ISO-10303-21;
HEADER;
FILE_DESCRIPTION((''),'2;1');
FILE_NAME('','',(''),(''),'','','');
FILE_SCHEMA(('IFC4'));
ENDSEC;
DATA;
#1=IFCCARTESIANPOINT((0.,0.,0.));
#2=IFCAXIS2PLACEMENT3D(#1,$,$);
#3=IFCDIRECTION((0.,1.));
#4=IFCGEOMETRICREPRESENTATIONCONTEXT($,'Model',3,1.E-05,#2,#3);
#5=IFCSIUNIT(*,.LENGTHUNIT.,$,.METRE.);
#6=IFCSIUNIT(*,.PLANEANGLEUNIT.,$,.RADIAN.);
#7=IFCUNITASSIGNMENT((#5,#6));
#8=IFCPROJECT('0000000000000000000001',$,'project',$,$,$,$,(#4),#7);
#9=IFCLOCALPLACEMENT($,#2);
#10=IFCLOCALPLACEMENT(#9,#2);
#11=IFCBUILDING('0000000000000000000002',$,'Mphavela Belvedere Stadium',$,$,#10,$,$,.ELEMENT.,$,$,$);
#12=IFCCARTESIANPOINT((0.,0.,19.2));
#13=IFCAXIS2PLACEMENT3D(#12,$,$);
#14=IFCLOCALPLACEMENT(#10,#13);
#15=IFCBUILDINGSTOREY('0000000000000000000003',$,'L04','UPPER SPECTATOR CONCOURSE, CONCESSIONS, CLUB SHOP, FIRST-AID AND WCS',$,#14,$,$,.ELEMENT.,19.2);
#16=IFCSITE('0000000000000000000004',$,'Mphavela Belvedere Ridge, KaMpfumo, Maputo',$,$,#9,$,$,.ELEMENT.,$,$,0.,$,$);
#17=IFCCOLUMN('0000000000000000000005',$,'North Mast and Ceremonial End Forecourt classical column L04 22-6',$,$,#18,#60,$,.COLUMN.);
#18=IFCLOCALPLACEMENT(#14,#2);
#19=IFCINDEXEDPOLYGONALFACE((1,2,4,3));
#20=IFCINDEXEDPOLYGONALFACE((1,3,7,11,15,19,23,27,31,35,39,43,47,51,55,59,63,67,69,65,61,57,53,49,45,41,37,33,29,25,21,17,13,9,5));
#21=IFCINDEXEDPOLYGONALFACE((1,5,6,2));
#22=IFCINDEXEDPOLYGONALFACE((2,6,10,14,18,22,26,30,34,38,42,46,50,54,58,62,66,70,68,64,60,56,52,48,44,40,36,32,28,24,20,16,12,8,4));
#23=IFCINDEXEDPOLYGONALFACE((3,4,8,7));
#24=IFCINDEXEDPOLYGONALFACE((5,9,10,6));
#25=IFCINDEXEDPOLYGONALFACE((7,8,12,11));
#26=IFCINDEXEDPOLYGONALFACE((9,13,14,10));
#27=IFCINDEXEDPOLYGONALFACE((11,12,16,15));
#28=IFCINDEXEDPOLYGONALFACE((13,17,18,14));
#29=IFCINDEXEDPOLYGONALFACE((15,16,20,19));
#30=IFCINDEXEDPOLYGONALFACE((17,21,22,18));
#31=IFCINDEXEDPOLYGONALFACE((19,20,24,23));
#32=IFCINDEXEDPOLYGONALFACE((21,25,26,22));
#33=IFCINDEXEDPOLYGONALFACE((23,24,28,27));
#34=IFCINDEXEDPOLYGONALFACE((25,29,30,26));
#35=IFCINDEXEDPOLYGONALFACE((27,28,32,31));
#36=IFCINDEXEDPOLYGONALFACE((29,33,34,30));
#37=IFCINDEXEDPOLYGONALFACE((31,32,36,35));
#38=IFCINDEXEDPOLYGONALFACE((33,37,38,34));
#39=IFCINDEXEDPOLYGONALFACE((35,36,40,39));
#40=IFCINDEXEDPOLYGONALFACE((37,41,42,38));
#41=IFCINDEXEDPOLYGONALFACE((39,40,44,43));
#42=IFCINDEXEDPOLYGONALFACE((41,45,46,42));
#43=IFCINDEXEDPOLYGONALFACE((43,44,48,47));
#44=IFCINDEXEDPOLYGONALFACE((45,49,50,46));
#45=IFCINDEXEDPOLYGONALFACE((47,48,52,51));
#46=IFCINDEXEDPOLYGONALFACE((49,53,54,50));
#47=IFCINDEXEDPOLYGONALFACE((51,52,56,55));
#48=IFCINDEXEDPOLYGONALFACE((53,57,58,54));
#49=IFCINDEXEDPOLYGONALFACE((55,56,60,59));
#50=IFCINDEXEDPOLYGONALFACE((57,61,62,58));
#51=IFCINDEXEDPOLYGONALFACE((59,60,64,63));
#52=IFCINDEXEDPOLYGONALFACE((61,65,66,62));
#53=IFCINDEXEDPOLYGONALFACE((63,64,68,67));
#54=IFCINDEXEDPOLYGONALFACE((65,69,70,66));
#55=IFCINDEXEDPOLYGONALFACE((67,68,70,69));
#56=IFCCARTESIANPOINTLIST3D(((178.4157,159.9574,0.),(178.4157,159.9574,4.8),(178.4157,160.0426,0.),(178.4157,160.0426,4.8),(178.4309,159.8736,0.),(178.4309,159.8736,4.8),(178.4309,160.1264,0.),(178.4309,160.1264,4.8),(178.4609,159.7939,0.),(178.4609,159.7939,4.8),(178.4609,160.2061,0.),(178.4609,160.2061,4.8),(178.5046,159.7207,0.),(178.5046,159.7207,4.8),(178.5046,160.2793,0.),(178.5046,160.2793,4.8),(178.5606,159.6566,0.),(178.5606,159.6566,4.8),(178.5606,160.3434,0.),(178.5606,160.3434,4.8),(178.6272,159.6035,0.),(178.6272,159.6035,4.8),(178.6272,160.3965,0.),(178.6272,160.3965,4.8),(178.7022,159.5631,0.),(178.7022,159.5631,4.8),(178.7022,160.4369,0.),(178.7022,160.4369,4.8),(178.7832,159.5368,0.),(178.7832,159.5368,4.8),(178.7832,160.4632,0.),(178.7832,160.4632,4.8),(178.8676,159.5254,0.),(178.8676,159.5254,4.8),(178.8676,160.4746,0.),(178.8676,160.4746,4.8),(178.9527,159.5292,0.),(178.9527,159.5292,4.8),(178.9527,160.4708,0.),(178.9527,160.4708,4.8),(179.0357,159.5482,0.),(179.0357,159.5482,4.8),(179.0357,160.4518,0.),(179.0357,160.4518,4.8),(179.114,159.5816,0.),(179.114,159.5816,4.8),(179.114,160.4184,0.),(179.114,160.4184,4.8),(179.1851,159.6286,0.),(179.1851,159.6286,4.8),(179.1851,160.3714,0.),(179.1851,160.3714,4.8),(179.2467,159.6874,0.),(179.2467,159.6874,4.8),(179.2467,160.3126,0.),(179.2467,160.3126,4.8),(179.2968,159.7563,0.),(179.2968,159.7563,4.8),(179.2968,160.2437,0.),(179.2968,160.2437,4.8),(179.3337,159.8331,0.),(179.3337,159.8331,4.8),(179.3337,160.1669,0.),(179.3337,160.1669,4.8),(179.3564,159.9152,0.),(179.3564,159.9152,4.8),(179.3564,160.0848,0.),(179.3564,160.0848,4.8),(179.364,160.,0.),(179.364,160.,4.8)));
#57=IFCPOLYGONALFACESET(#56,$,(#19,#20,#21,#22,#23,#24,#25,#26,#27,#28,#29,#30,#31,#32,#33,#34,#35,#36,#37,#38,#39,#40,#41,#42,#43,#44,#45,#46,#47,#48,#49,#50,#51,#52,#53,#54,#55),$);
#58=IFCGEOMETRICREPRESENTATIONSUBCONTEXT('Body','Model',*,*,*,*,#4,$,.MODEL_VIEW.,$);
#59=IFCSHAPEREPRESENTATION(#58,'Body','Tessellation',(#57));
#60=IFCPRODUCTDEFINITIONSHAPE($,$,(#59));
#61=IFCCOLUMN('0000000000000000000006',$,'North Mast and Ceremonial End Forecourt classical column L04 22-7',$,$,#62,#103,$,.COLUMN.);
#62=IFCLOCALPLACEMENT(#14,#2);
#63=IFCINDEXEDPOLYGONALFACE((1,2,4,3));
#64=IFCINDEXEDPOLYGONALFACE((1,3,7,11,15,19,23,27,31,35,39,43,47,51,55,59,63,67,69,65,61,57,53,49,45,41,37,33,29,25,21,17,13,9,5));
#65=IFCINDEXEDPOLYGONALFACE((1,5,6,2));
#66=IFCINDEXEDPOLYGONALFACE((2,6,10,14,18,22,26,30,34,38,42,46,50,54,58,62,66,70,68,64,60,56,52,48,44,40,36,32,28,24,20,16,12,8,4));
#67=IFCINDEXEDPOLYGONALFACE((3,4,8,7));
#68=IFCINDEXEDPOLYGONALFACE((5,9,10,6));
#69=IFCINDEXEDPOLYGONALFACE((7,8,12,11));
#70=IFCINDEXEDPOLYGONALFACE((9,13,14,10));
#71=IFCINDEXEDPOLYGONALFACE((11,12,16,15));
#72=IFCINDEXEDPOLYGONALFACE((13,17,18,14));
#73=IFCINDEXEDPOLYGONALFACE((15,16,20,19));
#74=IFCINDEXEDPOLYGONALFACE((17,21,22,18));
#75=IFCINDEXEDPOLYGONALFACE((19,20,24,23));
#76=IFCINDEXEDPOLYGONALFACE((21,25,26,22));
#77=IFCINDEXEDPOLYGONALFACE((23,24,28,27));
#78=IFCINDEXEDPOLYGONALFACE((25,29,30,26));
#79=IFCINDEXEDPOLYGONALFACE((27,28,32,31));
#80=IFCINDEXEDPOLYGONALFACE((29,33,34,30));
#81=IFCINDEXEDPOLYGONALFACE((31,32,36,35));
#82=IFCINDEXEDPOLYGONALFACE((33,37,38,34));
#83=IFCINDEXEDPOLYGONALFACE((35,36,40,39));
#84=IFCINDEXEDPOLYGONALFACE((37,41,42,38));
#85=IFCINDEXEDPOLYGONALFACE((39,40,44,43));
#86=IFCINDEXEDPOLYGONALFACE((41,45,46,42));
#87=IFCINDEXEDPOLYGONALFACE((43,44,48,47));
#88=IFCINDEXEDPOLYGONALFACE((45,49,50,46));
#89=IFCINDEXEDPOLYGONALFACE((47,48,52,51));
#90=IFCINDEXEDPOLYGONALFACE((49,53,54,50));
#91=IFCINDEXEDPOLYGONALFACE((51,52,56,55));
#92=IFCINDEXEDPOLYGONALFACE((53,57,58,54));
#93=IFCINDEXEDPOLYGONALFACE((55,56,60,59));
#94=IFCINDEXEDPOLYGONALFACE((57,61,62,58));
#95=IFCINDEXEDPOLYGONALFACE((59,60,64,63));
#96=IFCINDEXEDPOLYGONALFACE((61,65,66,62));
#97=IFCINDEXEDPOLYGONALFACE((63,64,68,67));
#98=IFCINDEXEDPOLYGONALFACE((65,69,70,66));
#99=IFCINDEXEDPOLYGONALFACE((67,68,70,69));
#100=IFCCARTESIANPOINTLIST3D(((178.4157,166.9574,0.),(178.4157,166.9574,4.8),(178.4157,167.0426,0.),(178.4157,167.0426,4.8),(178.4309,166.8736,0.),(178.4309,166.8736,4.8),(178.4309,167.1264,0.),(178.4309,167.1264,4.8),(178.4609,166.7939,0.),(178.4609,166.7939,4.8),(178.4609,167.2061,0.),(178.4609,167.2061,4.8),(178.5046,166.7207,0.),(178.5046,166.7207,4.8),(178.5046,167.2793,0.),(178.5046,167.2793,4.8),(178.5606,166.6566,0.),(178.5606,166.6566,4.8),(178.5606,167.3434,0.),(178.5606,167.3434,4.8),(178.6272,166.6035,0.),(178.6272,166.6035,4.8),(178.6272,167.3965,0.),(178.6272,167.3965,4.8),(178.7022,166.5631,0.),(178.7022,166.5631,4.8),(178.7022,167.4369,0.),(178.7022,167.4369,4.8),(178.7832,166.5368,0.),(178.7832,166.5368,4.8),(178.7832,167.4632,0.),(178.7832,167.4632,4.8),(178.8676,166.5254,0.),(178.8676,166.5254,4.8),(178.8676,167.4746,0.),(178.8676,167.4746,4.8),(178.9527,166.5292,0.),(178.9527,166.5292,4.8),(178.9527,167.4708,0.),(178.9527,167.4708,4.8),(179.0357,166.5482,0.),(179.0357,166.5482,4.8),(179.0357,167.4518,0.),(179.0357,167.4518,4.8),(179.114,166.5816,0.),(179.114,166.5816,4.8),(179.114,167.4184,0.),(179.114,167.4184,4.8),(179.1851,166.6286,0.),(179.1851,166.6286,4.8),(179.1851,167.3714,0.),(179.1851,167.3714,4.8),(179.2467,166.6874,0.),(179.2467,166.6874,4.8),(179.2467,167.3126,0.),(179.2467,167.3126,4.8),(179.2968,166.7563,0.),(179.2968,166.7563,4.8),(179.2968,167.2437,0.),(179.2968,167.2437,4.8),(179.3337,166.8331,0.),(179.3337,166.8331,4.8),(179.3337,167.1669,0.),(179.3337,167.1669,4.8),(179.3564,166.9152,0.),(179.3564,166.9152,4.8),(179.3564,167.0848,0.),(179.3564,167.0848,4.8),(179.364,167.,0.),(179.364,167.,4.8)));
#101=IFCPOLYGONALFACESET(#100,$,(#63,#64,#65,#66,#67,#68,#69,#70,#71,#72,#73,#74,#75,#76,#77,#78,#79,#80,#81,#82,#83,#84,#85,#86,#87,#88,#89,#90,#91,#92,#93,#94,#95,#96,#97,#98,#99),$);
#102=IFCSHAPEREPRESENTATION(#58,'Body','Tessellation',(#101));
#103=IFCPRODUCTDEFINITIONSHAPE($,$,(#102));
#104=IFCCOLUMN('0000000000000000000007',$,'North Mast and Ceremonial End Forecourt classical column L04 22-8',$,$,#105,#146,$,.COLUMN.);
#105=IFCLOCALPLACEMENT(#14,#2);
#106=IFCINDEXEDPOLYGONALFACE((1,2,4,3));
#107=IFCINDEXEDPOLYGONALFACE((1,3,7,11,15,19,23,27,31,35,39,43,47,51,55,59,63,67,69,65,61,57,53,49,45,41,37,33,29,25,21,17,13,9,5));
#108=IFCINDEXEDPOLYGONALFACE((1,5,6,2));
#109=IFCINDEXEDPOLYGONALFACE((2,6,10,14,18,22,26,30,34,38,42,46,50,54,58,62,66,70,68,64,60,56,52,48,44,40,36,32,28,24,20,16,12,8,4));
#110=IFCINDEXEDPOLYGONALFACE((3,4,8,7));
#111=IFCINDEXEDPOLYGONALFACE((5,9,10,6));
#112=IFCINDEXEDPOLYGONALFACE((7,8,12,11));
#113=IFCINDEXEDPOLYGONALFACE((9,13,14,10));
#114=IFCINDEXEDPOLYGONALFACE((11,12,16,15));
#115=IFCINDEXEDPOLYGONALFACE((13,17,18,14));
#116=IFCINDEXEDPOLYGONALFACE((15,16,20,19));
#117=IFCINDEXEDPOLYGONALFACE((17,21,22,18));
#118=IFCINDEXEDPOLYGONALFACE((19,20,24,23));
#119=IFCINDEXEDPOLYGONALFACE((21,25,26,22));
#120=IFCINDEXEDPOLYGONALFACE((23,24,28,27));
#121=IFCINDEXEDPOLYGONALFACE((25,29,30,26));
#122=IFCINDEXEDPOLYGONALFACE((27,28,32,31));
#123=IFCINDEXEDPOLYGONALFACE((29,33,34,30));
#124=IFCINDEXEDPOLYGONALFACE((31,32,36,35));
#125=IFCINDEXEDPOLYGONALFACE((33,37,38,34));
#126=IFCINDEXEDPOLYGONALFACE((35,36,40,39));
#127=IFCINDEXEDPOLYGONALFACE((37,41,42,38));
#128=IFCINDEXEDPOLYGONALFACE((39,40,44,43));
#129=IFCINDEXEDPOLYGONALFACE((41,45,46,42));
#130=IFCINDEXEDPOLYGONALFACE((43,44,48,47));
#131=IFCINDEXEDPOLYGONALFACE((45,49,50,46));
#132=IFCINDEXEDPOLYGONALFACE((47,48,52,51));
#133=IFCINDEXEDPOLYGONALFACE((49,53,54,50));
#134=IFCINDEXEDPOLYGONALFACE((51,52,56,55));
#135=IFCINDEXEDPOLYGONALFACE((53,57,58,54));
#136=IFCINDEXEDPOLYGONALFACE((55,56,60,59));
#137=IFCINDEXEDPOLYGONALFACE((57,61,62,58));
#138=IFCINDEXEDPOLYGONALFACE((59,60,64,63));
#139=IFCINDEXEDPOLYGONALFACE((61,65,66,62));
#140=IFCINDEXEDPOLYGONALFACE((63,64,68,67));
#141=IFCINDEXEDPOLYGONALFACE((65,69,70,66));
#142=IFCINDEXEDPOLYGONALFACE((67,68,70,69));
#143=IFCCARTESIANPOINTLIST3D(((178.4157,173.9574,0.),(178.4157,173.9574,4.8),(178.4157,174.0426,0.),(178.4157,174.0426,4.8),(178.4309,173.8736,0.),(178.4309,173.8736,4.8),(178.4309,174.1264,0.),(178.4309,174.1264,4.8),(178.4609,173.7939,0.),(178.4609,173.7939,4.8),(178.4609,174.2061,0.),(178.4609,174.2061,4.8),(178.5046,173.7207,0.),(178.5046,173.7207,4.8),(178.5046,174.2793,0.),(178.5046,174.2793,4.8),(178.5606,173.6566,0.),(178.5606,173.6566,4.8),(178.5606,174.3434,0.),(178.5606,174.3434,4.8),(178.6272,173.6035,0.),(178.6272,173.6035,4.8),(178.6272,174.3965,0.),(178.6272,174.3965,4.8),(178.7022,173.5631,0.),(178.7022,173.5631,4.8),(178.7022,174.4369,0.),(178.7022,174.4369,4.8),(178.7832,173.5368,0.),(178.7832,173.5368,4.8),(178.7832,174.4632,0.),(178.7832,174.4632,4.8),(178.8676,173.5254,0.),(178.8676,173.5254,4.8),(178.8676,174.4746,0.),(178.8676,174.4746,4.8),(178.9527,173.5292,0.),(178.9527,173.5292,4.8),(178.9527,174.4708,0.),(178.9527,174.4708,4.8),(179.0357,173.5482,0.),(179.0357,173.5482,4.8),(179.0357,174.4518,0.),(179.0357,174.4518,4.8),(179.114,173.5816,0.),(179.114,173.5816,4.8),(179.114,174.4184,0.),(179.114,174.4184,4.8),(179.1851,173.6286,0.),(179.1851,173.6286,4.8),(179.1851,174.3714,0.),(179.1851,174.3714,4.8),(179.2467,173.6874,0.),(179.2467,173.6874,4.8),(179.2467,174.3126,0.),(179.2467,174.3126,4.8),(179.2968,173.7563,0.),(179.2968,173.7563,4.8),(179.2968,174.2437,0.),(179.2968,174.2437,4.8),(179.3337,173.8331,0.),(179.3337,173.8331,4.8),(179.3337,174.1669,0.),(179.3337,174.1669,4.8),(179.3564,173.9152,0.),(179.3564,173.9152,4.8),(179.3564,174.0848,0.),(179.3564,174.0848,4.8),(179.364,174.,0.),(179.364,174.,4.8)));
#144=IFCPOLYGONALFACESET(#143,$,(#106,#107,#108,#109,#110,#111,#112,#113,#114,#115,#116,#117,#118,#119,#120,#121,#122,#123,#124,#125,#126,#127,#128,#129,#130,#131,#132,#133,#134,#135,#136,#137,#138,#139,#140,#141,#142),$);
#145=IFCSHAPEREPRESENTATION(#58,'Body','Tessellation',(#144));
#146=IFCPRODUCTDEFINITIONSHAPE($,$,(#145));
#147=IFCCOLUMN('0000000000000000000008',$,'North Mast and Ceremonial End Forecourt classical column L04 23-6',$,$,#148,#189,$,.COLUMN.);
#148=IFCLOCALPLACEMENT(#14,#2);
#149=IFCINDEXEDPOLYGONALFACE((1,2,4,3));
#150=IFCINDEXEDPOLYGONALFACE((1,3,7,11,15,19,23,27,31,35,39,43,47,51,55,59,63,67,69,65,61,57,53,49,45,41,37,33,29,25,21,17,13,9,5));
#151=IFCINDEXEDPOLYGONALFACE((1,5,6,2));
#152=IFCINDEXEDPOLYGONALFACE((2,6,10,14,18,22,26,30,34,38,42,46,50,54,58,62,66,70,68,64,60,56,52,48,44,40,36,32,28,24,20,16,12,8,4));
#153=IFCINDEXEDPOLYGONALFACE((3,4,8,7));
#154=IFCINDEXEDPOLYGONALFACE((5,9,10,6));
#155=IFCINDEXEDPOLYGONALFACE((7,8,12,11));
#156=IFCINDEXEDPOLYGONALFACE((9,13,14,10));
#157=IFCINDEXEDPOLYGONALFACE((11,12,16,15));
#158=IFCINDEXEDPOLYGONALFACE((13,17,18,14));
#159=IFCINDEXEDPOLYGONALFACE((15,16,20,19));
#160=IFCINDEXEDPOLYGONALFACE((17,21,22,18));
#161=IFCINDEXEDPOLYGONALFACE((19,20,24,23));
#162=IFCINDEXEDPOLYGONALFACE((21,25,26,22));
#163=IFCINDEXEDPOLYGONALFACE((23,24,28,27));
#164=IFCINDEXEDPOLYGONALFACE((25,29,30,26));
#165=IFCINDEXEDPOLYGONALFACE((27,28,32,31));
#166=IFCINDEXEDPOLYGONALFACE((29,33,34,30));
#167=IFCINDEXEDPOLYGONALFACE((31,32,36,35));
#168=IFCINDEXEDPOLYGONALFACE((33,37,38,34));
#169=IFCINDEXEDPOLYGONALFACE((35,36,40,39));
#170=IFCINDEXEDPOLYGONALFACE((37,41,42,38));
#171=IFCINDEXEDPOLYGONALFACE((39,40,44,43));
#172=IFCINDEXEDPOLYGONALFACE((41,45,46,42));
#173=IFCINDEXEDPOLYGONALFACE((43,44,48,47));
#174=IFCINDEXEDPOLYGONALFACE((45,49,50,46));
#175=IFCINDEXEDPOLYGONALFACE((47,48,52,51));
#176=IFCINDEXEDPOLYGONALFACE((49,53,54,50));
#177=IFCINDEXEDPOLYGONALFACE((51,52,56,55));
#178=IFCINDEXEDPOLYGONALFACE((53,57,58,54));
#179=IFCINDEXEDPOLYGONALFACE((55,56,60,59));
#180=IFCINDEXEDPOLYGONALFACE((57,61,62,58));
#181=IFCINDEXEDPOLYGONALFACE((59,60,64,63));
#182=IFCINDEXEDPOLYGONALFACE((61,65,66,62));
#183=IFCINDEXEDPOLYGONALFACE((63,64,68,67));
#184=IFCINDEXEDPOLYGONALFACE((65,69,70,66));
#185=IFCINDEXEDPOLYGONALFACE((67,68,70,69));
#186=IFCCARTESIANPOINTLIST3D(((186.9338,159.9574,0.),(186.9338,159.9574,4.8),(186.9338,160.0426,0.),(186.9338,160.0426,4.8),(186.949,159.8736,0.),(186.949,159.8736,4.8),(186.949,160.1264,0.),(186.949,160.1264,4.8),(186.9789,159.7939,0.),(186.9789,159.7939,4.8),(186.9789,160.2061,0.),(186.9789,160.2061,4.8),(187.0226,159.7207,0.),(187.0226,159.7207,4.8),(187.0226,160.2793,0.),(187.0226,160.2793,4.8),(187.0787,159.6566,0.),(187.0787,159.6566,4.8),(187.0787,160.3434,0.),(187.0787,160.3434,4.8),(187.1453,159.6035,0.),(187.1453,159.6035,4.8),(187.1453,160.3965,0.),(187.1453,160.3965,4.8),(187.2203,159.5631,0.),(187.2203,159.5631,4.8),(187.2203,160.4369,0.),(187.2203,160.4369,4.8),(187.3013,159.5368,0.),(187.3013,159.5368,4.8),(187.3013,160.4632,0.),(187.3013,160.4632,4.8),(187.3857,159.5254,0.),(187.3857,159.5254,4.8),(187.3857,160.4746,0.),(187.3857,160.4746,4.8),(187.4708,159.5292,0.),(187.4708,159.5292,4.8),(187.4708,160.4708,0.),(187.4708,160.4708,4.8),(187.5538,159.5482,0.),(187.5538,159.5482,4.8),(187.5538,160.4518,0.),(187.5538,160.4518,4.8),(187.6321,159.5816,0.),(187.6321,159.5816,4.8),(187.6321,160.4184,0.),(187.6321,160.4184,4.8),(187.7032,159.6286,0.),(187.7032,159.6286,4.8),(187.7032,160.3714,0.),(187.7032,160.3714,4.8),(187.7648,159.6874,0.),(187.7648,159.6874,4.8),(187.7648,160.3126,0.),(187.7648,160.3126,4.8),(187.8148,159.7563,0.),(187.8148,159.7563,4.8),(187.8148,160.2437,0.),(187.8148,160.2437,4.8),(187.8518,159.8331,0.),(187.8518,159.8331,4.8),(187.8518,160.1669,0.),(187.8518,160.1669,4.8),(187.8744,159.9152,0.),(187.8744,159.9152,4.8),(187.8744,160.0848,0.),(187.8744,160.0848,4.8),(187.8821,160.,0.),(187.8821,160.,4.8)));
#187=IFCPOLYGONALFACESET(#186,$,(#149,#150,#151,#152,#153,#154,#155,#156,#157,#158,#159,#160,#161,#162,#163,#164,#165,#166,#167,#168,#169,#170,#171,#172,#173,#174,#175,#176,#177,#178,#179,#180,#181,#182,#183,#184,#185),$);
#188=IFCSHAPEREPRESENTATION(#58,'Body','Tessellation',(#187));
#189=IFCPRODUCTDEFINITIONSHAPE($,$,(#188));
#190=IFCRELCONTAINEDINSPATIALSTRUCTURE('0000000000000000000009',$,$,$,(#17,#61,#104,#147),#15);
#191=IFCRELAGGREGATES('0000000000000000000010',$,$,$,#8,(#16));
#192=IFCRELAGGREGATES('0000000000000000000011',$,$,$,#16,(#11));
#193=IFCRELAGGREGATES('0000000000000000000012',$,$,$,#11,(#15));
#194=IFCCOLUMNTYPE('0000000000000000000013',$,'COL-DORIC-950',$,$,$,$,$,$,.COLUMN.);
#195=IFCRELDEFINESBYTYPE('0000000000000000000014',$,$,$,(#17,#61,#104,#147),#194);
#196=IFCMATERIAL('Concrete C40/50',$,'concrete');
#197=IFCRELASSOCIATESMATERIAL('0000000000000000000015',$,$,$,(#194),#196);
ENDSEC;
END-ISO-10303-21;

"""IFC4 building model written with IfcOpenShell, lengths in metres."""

from ifc_helpers import new_model, si_unit, direction, frame, origin, origin_2d, place, context, subcontext, project, spatial, circle, extrude, material, material_profile, profile_set, type_object, element, save


model = new_model("IFC4")

# Units and contexts
model_context = context("Model", 3, precision=1e-05, world=origin(), true_north=direction((0.0, 1.0)))
body_context = subcontext(model_context, "Body", "Model", "MODEL_VIEW")
ifc_project = project(units=[si_unit("LENGTHUNIT", "METRE"), si_unit("PLANEANGLEUNIT", "RADIAN")], contexts=[model_context])

# Site, building, storey
site_placement = place(None, origin())
site = spatial("IfcSite", under=ifc_project, at=site_placement, Name="Mphavela Belvedere Ridge, KaMpfumo, Maputo", CompositionType="ELEMENT", RefElevation=0.0)
building_placement = place(site_placement, origin())
building = spatial("IfcBuilding", under=site, at=building_placement, Name="Mphavela Belvedere Stadium", CompositionType="ELEMENT")
storey_placement = place(building_placement, frame((0.0, 0.0, 19.2)))
storey = spatial("IfcBuildingStorey", under=building, at=storey_placement, Name="L04", Description="UPPER SPECTATOR CONCOURSE, CONCESSIONS, CLUB SHOP, FIRST-AID AND WCS", CompositionType="ELEMENT", Elevation=19.2)

# Columns
ifc_material_1 = material(Name="Concrete C40/50", Category="concrete")
ifc_material_profile_1 = material_profile(ifc_material_1, circle(Radius=0.4751, at=origin_2d()), Name="COL D950")
ifc_profile_set_1 = profile_set([ifc_material_profile_1], Name="Concrete C40/50")
column_type = type_object("IfcColumnType", Name="COL-DORIC-950", PredefinedType="COLUMN", material=ifc_profile_set_1)
for number, where, z_axis, x_axis, name in (
    (1, (178.8889, 160.0, 0.0), (0.0, 0.0, 1.0), (1.0, 0.0, 0.0), "North Mast and Ceremonial End Forecourt classical column L04 22-6"),
    (2, (178.8889, 167.0, 0.0), (0.0, 0.0, 1.0), (1.0, 0.0, 0.0), "North Mast and Ceremonial End Forecourt classical column L04 22-7"),
    (3, (178.8889, 174.0, 0.0), (0.0, 0.0, 1.0), (1.0, 0.0, 0.0), "North Mast and Ceremonial End Forecourt classical column L04 22-8"),
    (4, (187.407, 160.0, 0.0), (0.0, 0.0, 1.0), (1.0, 0.0, 0.0), "North Mast and Ceremonial End Forecourt classical column L04 23-6"),
):
    element("IfcColumn", number, at=place(storey_placement, frame(where, z_axis=z_axis, x_axis=x_axis)), inside=storey, type_object=column_type, Name=name, PredefinedType="COLUMN", context=body_context, shape_type="SweptSolid", body=[
        extrude(circle(Radius=0.4751, at=origin_2d()), origin(), (0.0, 0.0, 1.0), 4.8),
    ])

save(model, "model.ifc")
